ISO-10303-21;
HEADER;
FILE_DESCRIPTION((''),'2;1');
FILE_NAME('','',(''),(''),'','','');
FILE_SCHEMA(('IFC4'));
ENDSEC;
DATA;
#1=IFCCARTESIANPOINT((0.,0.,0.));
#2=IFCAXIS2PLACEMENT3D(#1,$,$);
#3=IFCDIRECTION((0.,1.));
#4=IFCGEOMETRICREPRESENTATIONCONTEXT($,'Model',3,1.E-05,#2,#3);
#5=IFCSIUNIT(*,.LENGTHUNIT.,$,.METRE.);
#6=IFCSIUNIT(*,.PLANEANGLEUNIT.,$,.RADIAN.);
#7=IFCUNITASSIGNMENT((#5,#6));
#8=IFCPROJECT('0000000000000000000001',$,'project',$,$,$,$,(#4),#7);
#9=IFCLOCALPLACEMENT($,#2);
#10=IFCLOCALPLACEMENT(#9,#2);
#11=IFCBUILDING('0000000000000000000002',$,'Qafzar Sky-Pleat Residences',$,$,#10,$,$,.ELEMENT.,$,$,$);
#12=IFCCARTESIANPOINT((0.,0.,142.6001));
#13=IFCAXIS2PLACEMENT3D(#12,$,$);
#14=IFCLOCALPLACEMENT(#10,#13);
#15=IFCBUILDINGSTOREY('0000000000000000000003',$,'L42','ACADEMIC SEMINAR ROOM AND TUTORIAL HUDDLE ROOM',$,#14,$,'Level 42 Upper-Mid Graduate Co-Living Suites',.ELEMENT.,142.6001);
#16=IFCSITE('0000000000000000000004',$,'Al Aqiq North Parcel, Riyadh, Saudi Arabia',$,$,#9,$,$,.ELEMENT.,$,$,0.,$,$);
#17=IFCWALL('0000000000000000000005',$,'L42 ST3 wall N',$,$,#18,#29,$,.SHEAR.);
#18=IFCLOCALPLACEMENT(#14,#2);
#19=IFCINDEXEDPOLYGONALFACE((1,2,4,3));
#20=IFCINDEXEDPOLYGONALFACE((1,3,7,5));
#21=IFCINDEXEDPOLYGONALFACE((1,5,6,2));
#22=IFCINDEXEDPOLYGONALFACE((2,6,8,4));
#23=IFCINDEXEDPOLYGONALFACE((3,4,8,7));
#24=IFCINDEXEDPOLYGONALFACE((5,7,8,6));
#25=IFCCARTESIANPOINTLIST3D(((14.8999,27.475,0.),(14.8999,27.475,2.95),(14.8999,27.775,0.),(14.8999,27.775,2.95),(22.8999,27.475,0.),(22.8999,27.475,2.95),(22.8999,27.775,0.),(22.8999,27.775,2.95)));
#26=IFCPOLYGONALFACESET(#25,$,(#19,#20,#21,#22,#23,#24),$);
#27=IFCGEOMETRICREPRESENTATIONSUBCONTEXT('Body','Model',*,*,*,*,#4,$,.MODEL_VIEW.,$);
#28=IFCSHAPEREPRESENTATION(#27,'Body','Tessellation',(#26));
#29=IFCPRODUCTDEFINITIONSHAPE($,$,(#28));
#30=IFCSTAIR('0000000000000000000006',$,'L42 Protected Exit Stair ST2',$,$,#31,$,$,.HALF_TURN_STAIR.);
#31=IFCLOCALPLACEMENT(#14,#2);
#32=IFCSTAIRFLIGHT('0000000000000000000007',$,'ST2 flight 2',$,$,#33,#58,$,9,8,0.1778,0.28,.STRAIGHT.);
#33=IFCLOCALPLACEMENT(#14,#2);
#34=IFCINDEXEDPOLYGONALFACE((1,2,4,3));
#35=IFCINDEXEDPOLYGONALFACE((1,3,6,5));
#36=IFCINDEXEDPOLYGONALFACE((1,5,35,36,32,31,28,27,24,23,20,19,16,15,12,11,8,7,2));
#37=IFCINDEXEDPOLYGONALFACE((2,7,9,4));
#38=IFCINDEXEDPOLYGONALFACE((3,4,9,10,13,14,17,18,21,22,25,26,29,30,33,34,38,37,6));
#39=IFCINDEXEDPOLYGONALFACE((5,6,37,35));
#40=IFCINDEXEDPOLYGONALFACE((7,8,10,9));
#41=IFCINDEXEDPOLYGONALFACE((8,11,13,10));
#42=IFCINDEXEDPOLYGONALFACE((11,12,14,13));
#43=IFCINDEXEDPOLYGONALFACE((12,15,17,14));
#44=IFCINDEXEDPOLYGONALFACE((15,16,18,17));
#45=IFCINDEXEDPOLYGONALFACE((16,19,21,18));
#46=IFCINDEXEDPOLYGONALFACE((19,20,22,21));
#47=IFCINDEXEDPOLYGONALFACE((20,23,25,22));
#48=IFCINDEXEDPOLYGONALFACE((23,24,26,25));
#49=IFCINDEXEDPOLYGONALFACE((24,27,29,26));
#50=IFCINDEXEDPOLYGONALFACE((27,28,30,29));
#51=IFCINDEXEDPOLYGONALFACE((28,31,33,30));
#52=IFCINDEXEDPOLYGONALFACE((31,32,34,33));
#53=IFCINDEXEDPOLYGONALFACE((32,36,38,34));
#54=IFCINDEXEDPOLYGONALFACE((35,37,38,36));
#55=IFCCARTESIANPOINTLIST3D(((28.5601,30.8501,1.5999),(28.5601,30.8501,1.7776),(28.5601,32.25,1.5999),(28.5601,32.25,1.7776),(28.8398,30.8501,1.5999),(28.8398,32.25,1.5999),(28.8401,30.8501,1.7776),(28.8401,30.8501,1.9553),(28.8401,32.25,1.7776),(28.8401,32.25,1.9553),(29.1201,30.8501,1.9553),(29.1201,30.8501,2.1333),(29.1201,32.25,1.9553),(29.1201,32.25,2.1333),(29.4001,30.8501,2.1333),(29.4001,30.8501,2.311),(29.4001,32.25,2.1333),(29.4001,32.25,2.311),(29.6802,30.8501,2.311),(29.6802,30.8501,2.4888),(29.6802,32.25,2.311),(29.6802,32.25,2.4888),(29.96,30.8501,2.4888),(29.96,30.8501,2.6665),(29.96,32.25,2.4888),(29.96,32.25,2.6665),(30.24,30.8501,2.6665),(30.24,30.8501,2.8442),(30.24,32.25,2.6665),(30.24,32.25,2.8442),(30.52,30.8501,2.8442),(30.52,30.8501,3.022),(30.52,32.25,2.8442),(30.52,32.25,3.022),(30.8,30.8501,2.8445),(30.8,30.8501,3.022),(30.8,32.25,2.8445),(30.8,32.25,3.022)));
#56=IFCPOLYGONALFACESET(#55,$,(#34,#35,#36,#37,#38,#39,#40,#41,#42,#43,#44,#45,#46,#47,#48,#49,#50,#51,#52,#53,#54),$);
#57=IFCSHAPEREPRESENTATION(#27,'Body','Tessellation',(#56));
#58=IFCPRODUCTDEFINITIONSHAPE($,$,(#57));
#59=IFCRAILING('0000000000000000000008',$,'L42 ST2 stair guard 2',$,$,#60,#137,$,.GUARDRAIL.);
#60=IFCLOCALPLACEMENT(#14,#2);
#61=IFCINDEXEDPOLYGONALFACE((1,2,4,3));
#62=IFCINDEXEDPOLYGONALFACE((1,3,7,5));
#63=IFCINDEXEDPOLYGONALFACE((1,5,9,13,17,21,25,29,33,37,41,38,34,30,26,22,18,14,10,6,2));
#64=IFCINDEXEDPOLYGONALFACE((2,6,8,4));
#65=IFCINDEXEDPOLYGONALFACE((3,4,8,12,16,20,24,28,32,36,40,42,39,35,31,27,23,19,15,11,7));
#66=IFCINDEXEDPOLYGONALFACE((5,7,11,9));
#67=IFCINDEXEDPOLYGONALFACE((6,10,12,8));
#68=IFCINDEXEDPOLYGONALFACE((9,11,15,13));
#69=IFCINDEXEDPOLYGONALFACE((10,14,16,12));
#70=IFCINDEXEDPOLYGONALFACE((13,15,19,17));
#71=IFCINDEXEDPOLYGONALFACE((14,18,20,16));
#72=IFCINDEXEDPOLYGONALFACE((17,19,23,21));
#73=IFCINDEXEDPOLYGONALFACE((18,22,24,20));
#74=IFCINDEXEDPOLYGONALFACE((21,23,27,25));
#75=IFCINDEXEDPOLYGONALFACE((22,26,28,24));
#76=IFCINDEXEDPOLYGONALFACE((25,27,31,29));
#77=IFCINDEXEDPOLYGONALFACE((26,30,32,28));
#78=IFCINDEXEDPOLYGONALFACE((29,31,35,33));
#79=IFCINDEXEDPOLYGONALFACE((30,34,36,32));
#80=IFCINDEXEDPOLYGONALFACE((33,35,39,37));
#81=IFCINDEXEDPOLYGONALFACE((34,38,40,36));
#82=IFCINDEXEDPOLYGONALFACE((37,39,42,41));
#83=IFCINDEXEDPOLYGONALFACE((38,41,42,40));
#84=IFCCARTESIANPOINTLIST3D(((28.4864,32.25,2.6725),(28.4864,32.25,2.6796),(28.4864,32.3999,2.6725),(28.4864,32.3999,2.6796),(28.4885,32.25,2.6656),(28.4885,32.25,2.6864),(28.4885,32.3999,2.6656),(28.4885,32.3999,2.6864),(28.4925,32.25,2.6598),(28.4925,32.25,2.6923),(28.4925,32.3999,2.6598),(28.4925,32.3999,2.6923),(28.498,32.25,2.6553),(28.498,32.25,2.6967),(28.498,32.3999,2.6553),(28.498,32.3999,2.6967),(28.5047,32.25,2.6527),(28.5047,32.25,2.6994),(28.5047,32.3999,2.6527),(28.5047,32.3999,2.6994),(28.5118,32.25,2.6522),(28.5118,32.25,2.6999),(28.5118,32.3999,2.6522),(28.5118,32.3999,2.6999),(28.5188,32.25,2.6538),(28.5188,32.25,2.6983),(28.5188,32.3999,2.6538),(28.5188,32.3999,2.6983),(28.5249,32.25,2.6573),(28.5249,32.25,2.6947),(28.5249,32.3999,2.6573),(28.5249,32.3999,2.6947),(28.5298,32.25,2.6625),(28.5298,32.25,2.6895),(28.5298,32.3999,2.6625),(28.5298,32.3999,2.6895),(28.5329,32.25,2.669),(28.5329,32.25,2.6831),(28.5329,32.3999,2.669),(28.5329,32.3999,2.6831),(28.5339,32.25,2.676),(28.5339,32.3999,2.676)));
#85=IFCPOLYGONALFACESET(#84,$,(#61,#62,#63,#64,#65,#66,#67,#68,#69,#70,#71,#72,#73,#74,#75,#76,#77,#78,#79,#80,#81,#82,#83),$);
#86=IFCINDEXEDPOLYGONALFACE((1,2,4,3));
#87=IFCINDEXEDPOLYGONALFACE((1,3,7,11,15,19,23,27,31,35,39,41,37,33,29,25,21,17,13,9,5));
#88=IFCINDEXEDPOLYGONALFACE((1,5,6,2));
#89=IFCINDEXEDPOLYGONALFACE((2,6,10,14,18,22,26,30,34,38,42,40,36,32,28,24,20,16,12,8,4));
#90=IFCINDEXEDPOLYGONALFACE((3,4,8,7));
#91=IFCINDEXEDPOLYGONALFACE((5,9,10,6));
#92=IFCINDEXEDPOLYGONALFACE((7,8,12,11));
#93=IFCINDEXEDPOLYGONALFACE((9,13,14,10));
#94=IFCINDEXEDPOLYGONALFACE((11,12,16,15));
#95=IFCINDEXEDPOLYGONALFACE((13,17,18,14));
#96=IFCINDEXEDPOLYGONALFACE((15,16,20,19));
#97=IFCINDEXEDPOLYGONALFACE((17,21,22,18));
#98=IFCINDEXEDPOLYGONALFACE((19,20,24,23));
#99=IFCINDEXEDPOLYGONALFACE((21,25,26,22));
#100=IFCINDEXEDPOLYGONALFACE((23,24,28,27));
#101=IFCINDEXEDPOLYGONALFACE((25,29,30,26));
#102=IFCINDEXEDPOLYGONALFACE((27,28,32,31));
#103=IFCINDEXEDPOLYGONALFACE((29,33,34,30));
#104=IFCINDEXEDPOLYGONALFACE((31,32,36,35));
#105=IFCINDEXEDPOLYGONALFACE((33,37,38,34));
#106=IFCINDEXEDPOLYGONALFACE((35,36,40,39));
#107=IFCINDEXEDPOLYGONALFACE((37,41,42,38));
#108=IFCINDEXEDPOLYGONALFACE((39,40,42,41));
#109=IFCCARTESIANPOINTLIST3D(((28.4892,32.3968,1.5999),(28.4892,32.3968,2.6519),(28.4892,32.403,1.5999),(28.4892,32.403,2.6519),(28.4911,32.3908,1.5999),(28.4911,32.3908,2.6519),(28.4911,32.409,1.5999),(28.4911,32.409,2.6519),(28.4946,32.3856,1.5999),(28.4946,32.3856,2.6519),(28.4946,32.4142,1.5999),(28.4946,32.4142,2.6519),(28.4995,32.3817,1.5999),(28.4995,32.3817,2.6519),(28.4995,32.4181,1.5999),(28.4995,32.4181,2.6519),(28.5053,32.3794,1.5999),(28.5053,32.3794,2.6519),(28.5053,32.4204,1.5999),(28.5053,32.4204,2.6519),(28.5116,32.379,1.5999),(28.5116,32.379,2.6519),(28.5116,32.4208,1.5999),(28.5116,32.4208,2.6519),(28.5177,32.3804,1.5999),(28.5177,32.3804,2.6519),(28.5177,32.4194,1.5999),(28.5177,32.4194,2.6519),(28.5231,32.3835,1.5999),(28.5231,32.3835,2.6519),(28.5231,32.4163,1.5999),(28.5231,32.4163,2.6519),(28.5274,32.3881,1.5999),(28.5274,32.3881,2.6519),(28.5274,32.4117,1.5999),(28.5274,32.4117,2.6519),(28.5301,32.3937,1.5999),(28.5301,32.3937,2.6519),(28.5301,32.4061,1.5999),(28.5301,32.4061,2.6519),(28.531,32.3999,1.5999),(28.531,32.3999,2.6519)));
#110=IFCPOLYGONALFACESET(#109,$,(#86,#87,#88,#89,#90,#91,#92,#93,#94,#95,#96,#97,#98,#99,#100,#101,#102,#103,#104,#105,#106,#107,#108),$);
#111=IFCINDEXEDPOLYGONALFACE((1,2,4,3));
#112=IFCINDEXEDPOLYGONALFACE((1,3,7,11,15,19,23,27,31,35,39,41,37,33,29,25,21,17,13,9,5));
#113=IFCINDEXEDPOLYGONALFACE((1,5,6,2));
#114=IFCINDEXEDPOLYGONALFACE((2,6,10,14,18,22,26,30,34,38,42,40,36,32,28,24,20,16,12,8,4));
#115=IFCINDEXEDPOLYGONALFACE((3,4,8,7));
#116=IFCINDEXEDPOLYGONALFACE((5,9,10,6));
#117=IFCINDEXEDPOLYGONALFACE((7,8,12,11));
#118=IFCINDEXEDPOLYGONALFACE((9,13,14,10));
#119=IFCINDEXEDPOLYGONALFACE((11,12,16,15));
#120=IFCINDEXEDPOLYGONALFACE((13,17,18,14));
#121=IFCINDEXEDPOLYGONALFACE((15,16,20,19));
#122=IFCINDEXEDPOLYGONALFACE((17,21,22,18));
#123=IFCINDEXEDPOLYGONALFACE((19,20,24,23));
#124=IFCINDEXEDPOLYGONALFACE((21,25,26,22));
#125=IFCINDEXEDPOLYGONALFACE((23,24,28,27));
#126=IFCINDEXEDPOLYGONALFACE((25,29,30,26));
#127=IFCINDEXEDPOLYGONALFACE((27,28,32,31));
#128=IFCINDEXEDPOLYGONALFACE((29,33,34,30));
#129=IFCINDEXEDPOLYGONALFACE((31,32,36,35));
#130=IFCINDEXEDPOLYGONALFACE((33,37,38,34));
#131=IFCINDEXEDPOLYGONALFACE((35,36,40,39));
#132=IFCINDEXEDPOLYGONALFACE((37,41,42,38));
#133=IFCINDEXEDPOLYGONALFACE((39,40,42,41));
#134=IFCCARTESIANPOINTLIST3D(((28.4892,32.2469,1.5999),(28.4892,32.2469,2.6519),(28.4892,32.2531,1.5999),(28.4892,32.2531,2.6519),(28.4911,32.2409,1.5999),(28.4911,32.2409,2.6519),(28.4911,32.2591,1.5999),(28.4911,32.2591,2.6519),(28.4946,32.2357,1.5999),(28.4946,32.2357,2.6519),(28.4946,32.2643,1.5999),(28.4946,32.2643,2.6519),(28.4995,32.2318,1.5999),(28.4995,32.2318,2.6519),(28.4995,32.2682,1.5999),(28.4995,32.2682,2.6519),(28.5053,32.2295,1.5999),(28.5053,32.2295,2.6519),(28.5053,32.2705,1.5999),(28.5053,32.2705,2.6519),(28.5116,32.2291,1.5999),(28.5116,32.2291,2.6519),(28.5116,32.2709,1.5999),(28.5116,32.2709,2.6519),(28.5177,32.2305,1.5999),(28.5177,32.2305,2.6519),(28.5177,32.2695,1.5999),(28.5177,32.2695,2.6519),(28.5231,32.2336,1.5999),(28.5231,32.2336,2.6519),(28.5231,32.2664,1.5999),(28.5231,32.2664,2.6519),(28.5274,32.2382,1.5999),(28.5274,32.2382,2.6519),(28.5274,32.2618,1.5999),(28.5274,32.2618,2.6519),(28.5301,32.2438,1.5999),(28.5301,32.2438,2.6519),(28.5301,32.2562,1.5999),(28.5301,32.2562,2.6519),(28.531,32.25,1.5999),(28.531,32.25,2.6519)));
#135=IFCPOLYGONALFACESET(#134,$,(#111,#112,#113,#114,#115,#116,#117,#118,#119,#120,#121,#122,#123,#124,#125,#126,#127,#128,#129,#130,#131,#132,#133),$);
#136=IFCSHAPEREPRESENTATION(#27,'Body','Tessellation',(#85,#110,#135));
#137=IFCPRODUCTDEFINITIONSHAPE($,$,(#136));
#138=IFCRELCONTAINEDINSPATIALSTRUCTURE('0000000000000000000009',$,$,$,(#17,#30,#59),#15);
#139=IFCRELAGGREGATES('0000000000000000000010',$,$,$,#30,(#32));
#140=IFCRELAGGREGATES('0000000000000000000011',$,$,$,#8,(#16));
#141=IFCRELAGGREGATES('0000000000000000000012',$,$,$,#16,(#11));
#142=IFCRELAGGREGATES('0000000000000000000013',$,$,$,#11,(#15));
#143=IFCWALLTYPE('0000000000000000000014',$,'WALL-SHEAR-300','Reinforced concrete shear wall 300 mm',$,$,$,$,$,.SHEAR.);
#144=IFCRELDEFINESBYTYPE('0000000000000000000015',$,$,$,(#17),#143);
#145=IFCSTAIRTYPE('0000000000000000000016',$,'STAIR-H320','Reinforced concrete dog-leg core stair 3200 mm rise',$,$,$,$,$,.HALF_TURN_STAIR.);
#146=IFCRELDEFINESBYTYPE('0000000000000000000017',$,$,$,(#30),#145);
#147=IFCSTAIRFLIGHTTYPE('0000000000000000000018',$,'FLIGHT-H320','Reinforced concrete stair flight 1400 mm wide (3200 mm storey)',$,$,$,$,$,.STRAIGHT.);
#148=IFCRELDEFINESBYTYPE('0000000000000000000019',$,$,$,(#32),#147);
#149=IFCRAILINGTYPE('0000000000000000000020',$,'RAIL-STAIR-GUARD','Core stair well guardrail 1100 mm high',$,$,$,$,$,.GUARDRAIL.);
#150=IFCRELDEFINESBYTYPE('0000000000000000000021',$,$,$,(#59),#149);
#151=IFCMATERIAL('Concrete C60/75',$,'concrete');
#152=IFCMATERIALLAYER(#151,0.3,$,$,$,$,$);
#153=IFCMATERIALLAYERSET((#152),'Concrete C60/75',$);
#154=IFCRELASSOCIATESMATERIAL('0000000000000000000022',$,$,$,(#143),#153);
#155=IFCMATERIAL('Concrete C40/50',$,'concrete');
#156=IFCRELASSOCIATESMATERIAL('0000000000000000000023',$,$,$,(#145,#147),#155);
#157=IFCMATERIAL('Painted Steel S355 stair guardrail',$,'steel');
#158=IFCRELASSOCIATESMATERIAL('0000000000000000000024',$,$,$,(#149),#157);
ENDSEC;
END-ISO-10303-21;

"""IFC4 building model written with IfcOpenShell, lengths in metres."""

from ifc_helpers import new_model, si_unit, direction, frame, frame_2d, origin, origin_2d, place, context, subcontext, project, spatial, polyline, rectangle, circle, outline, extrude, source, transform, mapped, material, layer, layer_set, type_object, element, aggregate, save


model = new_model("IFC4")

# Units and contexts
model_context = context("Model", 3, precision=1e-05, world=origin(), true_north=direction((0.0, 1.0)))
body_context = subcontext(model_context, "Body", "Model", "MODEL_VIEW")
ifc_project = project(units=[si_unit("LENGTHUNIT", "METRE"), si_unit("PLANEANGLEUNIT", "RADIAN")], contexts=[model_context])

# Site, building, storey
site_placement = place(None, origin())
site = spatial("IfcSite", under=ifc_project, at=site_placement, Name="Al Aqiq North Parcel, Riyadh, Saudi Arabia", CompositionType="ELEMENT", RefElevation=0.0)
building_placement = place(site_placement, origin())
building = spatial("IfcBuilding", under=site, at=building_placement, Name="Qafzar Sky-Pleat Residences", CompositionType="ELEMENT")
storey_placement = place(building_placement, frame((0.0, 0.0, 142.6001)))
storey = spatial("IfcBuildingStorey", under=building, at=storey_placement, Name="L42", Description="ACADEMIC SEMINAR ROOM AND TUTORIAL HUDDLE ROOM", LongName="Level 42 Upper-Mid Graduate Co-Living Suites", CompositionType="ELEMENT", Elevation=142.6001)

# Shared definitions
ifc_material_1 = material(Name="Concrete C60/75", Category="concrete")
ifc_layer_1 = layer(ifc_material_1, 0.3)
ifc_layer_set_1 = layer_set([ifc_layer_1], Name="Concrete C60/75")
wall_type_1 = type_object("IfcWallType", Name="WALL-SHEAR-300", Description="Reinforced concrete shear wall 300 mm", PredefinedType="SHEAR", material=ifc_layer_set_1)

# Wall
wall_1_placement = place(storey_placement, frame((22.8999, 27.625, 0.0), z_axis=(0.0, 0.0, 1.0), x_axis=(-1.0, 0.0, 0.0)))
element("IfcWall", 1, at=wall_1_placement, inside=storey, type_object=wall_type_1, Name="L42 ST3 wall N", PredefinedType="SHEAR", context=body_context, shape_type="SweptSolid", body=[
    extrude(rectangle(XDim=8.0, YDim=0.3, at=frame_2d((4.0, 0.0))), origin(), (0.0, 0.0, 1.0), 2.95),
])

# Stair, stair flight
ifc_material_2 = material(Name="Concrete C40/50", Category="concrete")
stair_type = type_object("IfcStairType", Name="STAIR-H320", Description="Reinforced concrete dog-leg core stair 3200 mm rise", PredefinedType="HALF_TURN_STAIR", material=ifc_material_2)
stair_placement = place(storey_placement, origin())
stair = element("IfcStair", 2, at=stair_placement, inside=storey, type_object=stair_type, Name="L42 Protected Exit Stair ST2", PredefinedType="HALF_TURN_STAIR")
stair_flight_type = type_object("IfcStairFlightType", Name="FLIGHT-H320", Description="Reinforced concrete stair flight 1400 mm wide (3200 mm storey)", PredefinedType="STRAIGHT", material=ifc_material_2)
shared_shape_1 = source(origin(), body_context, "Body", "SweptSolid", [
    extrude(outline(polyline([(0.0, 0.0), (0.0, 0.1777), (0.28, 0.1777), (0.28, 0.3555), (0.5601, 0.3555), (0.5601, 0.5334), (0.8401, 0.5334), (0.8401, 0.7112), (1.1201, 0.7112), (1.1201, 0.8889), (1.3999, 0.8889), (1.3999, 1.0667), (1.6799, 1.0667), (1.6799, 1.2444), (1.96, 1.2444), (1.96, 1.4221), (2.24, 1.4221), (2.24, 1.6001), (2.24, 1.2446), (0.2798, 0.0), (0.0, 0.0)])), frame((0.0, 0.7, 0.0), z_axis=(0.0, -1.0, 0.0), x_axis=(1.0, 0.0, 0.0)), (0.0, 0.0, 1.0), 1.3999),
])
stair_flight_placement = place(storey_placement, frame((28.5601, 31.55, 1.5999), z_axis=(0.0, 0.0, 1.0), x_axis=(1.0, 0.0, 0.0)))
stair_flight = element("IfcStairFlight", 3, at=stair_flight_placement, type_object=stair_flight_type, Name="ST2 flight 2", NumberOfRisers=9, NumberOfTreads=8, PredefinedType="STRAIGHT", RiserHeight=0.1778, TreadLength=0.28, context=body_context, shape_type="MappedRepresentation", body=[
    mapped(shared_shape_1, transform((0.0, 0.0, 0.0), x_axis=(1.0, 0.0, 0.0), y_axis=(0.0, 1.0, 0.0), z_axis=(0.0, 0.0, 1.0), scale=1.0)),
])
aggregate(stair, [stair_flight])

# Railing
ifc_material_3 = material(Name="Painted Steel S355 stair guardrail", Category="steel")
railing_type_1 = type_object("IfcRailingType", Name="RAIL-STAIR-GUARD", Description="Core stair well guardrail 1100 mm high", PredefinedType="GUARDRAIL", material=ifc_material_3)
shared_shape_2 = source(origin(), body_context, "Body", "SweptSolid", [
    extrude(circle(Radius=0.0239, at=origin_2d()), frame((0.0, 0.0, 1.0762), z_axis=(0.0, -1.0, 0.0), x_axis=(1.0, 0.0, 0.0)), (0.0, 0.0, 1.0), 0.1499),
    extrude(circle(Radius=0.021, at=origin_2d()), origin(), (0.0, 0.0, 1.0), 1.052),
    extrude(circle(Radius=0.021, at=origin_2d()), frame((0.0, -0.1499, 0.0)), (0.0, 0.0, 1.0), 1.052),
])
railing_1_placement = place(storey_placement, frame((28.51, 32.3999, 1.5999)))
element("IfcRailing", 4, at=railing_1_placement, inside=storey, type_object=railing_type_1, Name="L42 ST2 stair guard 2", PredefinedType="GUARDRAIL", context=body_context, shape_type="MappedRepresentation", body=[
    mapped(shared_shape_2, transform((0.0, 0.0, 0.0), x_axis=(1.0, 0.0, 0.0), y_axis=(0.0, 1.0, 0.0), z_axis=(0.0, 0.0, 1.0), scale=1.0)),
])

save(model, "model.ifc")
